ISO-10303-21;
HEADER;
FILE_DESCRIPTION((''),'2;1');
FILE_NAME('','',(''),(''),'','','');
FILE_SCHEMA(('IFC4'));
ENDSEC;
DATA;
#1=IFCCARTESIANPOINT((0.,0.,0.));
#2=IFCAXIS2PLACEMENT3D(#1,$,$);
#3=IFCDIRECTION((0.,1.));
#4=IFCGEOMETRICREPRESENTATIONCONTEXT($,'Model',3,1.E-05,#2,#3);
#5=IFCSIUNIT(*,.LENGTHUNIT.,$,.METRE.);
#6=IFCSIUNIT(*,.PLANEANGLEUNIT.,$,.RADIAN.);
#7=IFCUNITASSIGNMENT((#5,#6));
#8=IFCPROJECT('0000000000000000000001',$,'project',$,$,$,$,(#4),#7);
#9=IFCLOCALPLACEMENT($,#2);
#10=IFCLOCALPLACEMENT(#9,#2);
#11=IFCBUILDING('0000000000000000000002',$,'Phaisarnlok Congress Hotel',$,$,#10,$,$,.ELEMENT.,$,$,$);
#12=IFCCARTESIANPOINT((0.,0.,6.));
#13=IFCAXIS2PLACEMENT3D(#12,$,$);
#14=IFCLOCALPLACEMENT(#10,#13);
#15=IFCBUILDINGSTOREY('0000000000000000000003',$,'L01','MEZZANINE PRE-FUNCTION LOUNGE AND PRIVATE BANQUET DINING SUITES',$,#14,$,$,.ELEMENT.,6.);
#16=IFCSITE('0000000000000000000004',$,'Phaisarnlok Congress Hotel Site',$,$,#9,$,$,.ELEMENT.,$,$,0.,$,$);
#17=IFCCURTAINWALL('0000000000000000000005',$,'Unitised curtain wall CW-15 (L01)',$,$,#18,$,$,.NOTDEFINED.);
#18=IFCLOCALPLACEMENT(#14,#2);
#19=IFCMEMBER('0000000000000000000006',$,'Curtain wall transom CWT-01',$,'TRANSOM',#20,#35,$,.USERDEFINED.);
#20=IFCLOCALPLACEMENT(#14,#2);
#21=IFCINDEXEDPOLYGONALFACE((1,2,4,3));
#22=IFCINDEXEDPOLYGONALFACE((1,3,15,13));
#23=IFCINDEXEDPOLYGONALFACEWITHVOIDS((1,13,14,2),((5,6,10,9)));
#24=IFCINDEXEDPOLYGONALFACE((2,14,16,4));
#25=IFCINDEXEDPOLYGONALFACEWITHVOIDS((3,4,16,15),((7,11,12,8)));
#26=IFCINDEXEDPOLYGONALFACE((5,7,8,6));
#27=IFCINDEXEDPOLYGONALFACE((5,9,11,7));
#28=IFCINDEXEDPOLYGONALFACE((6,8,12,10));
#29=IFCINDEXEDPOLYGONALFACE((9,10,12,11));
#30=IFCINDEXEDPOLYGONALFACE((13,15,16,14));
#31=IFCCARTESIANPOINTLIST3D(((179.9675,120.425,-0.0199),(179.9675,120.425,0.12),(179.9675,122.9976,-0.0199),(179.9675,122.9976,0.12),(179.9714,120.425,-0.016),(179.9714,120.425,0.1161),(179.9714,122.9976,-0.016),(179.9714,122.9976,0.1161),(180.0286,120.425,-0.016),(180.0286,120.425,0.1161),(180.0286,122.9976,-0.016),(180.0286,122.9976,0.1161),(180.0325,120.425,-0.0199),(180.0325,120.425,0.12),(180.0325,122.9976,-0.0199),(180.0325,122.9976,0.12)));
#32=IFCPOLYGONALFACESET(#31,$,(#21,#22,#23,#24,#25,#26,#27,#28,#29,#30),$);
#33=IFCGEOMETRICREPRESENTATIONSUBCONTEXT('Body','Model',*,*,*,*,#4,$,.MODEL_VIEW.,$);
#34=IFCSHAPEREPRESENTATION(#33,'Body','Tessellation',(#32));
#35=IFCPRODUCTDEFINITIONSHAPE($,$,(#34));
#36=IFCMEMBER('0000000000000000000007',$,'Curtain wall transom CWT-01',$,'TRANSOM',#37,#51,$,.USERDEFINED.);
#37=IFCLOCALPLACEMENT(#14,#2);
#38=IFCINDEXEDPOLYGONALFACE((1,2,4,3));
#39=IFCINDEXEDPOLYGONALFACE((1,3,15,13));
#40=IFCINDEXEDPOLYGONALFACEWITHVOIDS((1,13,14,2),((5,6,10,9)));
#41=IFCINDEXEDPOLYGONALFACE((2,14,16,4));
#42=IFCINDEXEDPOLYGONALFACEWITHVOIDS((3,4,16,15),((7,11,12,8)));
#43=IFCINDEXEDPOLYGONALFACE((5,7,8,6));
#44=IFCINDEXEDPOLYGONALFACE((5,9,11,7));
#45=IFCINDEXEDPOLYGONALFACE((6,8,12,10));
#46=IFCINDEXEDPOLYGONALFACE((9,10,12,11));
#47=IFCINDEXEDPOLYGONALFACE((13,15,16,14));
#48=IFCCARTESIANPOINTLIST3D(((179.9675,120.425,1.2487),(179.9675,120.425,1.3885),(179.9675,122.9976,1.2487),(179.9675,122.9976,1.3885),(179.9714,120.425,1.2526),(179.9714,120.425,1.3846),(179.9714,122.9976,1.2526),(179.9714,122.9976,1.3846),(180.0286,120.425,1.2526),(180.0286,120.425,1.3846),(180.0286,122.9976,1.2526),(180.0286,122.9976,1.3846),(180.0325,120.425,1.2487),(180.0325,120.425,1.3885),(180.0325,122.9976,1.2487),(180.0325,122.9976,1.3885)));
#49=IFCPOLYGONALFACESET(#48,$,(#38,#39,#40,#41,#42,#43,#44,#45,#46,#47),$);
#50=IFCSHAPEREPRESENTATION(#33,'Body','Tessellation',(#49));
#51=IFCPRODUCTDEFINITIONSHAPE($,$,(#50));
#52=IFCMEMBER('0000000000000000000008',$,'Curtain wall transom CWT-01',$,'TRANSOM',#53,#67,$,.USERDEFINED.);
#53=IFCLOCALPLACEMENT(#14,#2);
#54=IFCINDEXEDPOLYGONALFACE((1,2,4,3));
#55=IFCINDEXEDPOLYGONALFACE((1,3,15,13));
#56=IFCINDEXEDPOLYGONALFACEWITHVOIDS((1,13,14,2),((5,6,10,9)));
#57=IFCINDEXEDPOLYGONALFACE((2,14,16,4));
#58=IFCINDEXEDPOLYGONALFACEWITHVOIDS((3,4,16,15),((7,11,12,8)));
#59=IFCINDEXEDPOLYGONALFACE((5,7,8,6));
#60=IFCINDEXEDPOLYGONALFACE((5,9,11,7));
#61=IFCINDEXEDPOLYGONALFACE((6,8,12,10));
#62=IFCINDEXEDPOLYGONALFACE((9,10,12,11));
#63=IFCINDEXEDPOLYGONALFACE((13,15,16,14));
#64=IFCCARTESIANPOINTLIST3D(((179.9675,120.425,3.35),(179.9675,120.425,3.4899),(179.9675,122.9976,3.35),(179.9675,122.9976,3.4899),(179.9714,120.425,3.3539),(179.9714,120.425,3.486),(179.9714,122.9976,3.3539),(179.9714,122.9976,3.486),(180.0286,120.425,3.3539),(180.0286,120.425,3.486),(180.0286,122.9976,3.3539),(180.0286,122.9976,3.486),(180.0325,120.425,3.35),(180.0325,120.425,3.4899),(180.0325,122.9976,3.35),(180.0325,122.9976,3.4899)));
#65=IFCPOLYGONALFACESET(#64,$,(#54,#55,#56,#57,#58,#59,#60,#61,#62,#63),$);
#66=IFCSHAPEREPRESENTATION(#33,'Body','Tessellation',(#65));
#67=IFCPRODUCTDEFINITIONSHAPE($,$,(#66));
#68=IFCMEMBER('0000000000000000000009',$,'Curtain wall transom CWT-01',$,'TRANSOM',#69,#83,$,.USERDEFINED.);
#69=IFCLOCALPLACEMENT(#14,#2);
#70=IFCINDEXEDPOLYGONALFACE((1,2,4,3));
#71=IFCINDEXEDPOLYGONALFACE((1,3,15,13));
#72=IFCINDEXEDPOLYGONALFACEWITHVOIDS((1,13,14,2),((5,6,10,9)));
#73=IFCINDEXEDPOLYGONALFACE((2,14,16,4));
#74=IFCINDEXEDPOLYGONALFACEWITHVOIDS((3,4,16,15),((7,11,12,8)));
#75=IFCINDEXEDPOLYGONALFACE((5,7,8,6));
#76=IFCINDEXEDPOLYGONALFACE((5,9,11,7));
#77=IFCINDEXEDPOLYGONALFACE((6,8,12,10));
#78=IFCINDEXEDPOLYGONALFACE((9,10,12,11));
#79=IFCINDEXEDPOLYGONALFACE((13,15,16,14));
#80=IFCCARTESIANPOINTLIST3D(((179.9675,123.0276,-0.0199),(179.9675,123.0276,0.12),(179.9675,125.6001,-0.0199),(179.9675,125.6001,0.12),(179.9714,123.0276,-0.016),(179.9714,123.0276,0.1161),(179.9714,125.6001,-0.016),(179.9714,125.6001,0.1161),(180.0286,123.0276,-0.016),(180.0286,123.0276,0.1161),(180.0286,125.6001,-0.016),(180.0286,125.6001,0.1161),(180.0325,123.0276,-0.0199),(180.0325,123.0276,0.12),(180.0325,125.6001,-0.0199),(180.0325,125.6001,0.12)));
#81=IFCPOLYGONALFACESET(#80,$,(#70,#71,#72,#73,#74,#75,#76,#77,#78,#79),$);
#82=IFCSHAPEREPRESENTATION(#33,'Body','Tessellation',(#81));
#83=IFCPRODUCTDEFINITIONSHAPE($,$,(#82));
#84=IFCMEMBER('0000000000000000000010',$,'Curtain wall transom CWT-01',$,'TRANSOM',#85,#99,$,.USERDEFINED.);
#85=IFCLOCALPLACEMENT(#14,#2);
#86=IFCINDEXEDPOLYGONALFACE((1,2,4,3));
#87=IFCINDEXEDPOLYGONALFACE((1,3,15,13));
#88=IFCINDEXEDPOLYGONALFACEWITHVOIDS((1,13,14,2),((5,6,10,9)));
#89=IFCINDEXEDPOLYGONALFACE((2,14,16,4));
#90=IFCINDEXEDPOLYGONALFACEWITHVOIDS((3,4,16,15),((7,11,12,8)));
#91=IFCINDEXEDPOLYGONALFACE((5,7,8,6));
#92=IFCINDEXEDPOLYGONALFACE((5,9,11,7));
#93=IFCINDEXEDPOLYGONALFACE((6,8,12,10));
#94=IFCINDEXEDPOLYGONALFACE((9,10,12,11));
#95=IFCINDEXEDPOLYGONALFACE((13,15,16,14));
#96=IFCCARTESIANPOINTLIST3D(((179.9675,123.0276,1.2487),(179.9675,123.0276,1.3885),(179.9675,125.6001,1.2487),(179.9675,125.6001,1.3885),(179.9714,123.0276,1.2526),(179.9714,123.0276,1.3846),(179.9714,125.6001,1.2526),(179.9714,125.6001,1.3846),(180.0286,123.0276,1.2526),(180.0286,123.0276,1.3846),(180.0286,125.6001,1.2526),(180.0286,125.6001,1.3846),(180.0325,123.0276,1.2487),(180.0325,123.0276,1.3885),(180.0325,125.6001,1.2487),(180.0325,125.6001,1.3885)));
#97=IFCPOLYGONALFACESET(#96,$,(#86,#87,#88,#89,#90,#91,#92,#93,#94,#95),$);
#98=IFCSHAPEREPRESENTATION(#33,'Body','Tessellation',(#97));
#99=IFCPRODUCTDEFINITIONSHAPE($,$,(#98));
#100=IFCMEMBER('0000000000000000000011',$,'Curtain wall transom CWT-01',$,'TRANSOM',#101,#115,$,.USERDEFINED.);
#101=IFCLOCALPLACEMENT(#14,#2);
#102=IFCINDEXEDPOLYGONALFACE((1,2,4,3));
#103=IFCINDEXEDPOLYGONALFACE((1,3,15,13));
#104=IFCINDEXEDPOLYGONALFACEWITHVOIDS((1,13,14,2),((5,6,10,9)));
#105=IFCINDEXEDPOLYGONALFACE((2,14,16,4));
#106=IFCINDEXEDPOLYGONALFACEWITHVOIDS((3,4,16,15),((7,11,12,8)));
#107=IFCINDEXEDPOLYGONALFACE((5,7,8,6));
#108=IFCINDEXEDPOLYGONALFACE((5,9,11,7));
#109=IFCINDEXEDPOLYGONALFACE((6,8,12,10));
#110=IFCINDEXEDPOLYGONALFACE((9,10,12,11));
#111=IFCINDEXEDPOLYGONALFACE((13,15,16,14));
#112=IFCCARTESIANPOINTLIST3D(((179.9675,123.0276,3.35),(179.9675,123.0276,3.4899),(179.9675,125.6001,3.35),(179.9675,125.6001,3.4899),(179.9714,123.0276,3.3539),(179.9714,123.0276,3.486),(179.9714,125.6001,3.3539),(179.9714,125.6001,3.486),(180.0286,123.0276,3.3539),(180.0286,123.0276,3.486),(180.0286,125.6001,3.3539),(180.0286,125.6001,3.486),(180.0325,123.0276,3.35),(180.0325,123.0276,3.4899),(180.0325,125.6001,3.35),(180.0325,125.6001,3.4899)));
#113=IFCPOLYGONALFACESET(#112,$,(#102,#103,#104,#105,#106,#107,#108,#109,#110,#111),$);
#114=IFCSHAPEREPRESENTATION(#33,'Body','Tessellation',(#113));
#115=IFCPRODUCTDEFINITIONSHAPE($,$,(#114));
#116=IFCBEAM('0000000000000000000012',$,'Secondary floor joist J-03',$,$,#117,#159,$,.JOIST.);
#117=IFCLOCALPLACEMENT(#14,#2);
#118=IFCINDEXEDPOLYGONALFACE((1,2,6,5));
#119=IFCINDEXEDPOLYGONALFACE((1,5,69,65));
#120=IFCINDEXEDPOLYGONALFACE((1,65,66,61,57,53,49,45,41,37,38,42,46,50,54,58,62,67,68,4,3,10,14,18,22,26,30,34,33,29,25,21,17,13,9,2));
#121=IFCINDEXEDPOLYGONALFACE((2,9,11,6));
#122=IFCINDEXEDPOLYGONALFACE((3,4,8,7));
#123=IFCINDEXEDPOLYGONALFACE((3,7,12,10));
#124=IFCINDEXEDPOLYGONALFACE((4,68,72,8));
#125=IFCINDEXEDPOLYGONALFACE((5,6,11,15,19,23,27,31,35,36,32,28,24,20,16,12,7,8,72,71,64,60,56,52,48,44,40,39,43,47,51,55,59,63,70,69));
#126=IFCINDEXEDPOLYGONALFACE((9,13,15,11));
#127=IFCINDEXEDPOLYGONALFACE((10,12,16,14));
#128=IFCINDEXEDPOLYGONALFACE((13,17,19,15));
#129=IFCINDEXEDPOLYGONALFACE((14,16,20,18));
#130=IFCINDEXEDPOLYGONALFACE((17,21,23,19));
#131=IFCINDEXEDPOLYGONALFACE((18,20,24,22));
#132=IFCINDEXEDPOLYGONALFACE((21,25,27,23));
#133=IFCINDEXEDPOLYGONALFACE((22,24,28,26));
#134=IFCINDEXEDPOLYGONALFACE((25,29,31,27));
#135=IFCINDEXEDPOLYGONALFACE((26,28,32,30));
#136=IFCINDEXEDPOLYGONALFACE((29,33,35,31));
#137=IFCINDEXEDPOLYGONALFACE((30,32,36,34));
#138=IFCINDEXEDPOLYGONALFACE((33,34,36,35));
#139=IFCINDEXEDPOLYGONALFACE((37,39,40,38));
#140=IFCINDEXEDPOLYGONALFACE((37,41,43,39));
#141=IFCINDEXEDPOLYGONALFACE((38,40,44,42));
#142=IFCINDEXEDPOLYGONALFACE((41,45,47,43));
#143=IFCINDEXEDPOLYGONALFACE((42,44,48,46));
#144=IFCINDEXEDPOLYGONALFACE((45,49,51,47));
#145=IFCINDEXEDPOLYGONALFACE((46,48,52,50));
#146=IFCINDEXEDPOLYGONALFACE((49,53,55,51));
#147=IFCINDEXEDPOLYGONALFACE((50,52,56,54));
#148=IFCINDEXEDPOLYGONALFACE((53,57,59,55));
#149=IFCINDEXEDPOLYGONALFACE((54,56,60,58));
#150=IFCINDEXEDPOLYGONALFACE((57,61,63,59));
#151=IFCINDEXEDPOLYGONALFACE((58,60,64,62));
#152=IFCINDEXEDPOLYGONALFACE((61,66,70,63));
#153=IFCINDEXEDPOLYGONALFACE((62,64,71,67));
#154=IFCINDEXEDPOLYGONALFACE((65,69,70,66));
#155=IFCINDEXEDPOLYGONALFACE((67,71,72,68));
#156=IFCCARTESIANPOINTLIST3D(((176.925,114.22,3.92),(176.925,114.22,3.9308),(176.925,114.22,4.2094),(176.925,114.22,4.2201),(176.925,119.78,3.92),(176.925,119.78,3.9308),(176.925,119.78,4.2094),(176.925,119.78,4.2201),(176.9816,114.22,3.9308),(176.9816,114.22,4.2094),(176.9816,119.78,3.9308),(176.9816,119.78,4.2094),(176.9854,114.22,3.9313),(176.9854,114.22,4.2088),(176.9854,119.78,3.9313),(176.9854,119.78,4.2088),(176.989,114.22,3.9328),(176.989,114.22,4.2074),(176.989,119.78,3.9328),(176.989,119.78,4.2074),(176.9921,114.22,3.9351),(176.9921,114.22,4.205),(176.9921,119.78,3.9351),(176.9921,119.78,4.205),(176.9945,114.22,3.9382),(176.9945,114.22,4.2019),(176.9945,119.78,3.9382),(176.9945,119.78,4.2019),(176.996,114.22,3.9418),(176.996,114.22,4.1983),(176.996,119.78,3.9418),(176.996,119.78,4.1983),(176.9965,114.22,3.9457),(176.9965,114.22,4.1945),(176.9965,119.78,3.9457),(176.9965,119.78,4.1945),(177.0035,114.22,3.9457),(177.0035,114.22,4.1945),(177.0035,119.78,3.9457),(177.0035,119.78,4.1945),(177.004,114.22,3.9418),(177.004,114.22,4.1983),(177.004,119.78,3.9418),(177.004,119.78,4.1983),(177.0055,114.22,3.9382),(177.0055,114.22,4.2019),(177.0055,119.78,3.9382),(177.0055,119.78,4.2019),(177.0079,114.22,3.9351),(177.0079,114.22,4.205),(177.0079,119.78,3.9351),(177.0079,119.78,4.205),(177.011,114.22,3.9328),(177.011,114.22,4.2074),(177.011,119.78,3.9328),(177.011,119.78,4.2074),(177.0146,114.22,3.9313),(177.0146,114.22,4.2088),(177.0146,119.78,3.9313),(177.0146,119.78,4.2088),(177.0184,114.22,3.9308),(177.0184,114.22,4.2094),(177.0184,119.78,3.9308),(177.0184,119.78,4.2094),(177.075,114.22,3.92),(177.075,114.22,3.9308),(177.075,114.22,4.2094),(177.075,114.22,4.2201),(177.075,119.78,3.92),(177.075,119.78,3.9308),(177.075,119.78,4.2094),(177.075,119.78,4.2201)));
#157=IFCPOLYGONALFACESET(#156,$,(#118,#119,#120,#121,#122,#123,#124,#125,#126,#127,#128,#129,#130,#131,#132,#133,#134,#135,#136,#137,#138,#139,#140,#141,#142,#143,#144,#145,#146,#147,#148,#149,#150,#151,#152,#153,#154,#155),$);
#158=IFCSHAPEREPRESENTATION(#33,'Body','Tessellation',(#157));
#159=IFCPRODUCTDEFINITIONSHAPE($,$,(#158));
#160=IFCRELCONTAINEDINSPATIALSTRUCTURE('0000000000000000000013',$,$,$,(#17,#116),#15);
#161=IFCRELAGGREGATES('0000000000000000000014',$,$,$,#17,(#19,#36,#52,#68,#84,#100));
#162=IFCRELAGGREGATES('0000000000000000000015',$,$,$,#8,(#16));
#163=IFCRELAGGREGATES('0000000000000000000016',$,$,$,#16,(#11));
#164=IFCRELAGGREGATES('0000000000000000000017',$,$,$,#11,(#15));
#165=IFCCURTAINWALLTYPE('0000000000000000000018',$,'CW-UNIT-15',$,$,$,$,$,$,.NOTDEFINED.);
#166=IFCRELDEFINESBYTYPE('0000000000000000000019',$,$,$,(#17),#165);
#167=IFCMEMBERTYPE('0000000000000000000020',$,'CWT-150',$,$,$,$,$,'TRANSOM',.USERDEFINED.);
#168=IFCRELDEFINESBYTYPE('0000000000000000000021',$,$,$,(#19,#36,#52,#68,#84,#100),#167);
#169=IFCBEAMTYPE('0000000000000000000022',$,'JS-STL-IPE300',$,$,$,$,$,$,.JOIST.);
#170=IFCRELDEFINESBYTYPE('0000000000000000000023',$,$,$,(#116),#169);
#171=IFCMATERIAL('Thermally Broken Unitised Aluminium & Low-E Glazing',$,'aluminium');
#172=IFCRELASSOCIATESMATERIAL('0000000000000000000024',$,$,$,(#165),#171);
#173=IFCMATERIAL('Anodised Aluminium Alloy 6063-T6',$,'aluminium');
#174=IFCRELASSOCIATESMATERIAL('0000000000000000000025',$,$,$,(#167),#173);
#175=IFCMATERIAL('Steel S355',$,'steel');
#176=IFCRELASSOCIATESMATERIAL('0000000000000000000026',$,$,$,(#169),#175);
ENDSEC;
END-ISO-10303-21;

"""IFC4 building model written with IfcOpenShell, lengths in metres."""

from ifc_helpers import new_model, si_unit, direction, frame, origin, origin_2d, place, context, subcontext, project, spatial, hollow_rectangle, i_section, extrude, material, material_profile, profile_set, type_object, element, aggregate, save


model = new_model("IFC4")

# Units and contexts
model_context = context("Model", 3, precision=1e-05, world=origin(), true_north=direction((0.0, 1.0)))
body_context = subcontext(model_context, "Body", "Model", "MODEL_VIEW")
ifc_project = project(units=[si_unit("LENGTHUNIT", "METRE"), si_unit("PLANEANGLEUNIT", "RADIAN")], contexts=[model_context])

# Site, building, storey
site_placement = place(None, origin())
site = spatial("IfcSite", under=ifc_project, at=site_placement, Name="Phaisarnlok Congress Hotel Site", CompositionType="ELEMENT", RefElevation=0.0)
building_placement = place(site_placement, origin())
building = spatial("IfcBuilding", under=site, at=building_placement, Name="Phaisarnlok Congress Hotel", CompositionType="ELEMENT")
storey_placement = place(building_placement, frame((0.0, 0.0, 6.0)))
storey = spatial("IfcBuildingStorey", under=building, at=storey_placement, Name="L01", Description="MEZZANINE PRE-FUNCTION LOUNGE AND PRIVATE BANQUET DINING SUITES", CompositionType="ELEMENT", Elevation=6.0)

# Shared definitions
ifc_material_1 = material(Name="Steel S355", Category="steel")

# Curtain wall, members
ifc_material_2 = material(Name="Thermally Broken Unitised Aluminium & Low-E Glazing", Category="aluminium")
curtain_wall_type = type_object("IfcCurtainWallType", Name="CW-UNIT-15", PredefinedType="NOTDEFINED", material=ifc_material_2)
curtain_wall_placement = place(storey_placement, origin())
curtain_wall = element("IfcCurtainWall", 1, at=curtain_wall_placement, inside=storey, type_object=curtain_wall_type, Name="Unitised curtain wall CW-15 (L01)", PredefinedType="NOTDEFINED")
ifc_material_3 = material(Name="Anodised Aluminium Alloy 6063-T6", Category="aluminium")
ifc_material_profile_1 = material_profile(ifc_material_3, hollow_rectangle(XDim=0.0649, YDim=0.1399, WallThickness=0.0039, at=origin_2d()), Name="ALU-T 65x140x4")
ifc_profile_set_1 = profile_set([ifc_material_profile_1], Name="Anodised Aluminium Alloy 6063-T6")
member_type_1 = type_object("IfcMemberType", Name="CWT-150", ElementType="TRANSOM", PredefinedType="USERDEFINED", material=ifc_profile_set_1)
member_1_placement = place(storey_placement, frame((180.0, 120.425, 0.05), z_axis=(0.0, 1.0, 0.0), x_axis=(-1.0, 0.0, 0.0)))
member_1 = element("IfcMember", 2, at=member_1_placement, type_object=member_type_1, Name="Curtain wall transom CWT-01", ObjectType="TRANSOM", PredefinedType="USERDEFINED", context=body_context, shape_type="SweptSolid", body=[
    extrude(hollow_rectangle(XDim=0.0649, YDim=0.1399, WallThickness=0.0039, at=origin_2d()), origin(), (0.0, 0.0, 1.0), 2.5725),
])
member_2_placement = place(storey_placement, frame((180.0, 120.425, 1.3186), z_axis=(0.0, 1.0, 0.0), x_axis=(-1.0, 0.0, 0.0)))
member_2 = element("IfcMember", 3, at=member_2_placement, type_object=member_type_1, Name="Curtain wall transom CWT-01", ObjectType="TRANSOM", PredefinedType="USERDEFINED", context=body_context, shape_type="SweptSolid", body=[
    extrude(hollow_rectangle(XDim=0.0649, YDim=0.1399, WallThickness=0.0039, at=origin_2d()), origin(), (0.0, 0.0, 1.0), 2.5725),
])
member_3_placement = place(storey_placement, frame((180.0, 120.425, 3.4199), z_axis=(0.0, 1.0, 0.0), x_axis=(-1.0, 0.0, 0.0)))
member_3 = element("IfcMember", 4, at=member_3_placement, type_object=member_type_1, Name="Curtain wall transom CWT-01", ObjectType="TRANSOM", PredefinedType="USERDEFINED", context=body_context, shape_type="SweptSolid", body=[
    extrude(hollow_rectangle(XDim=0.0649, YDim=0.1399, WallThickness=0.0039, at=origin_2d()), origin(), (0.0, 0.0, 1.0), 2.5725),
])
member_4_placement = place(storey_placement, frame((180.0, 123.0276, 0.05), z_axis=(0.0, 1.0, 0.0), x_axis=(-1.0, 0.0, 0.0)))
member_4 = element("IfcMember", 5, at=member_4_placement, type_object=member_type_1, Name="Curtain wall transom CWT-01", ObjectType="TRANSOM", PredefinedType="USERDEFINED", context=body_context, shape_type="SweptSolid", body=[
    extrude(hollow_rectangle(XDim=0.0649, YDim=0.1399, WallThickness=0.0039, at=origin_2d()), origin(), (0.0, 0.0, 1.0), 2.5725),
])
member_5_placement = place(storey_placement, frame((180.0, 123.0276, 1.3186), z_axis=(0.0, 1.0, 0.0), x_axis=(-1.0, 0.0, 0.0)))
member_5 = element("IfcMember", 6, at=member_5_placement, type_object=member_type_1, Name="Curtain wall transom CWT-01", ObjectType="TRANSOM", PredefinedType="USERDEFINED", context=body_context, shape_type="SweptSolid", body=[
    extrude(hollow_rectangle(XDim=0.0649, YDim=0.1399, WallThickness=0.0039, at=origin_2d()), origin(), (0.0, 0.0, 1.0), 2.5725),
])
member_6_placement = place(storey_placement, frame((180.0, 123.0276, 3.4199), z_axis=(0.0, 1.0, 0.0), x_axis=(-1.0, 0.0, 0.0)))
member_6 = element("IfcMember", 7, at=member_6_placement, type_object=member_type_1, Name="Curtain wall transom CWT-01", ObjectType="TRANSOM", PredefinedType="USERDEFINED", context=body_context, shape_type="SweptSolid", body=[
    extrude(hollow_rectangle(XDim=0.0649, YDim=0.1399, WallThickness=0.0039, at=origin_2d()), origin(), (0.0, 0.0, 1.0), 2.5725),
])

# Beam
ifc_material_profile_2 = material_profile(ifc_material_1, i_section(OverallWidth=0.1499, OverallDepth=0.3, WebThickness=0.0071, FlangeThickness=0.0107, FilletRadius=0.0149, at=origin_2d()), Name="IPE 300")
ifc_profile_set_2 = profile_set([ifc_material_profile_2], Name="Steel S355")
beam_type_1 = type_object("IfcBeamType", Name="JS-STL-IPE300", PredefinedType="JOIST", material=ifc_profile_set_2)
beam_1_placement = place(storey_placement, frame((177.0, 114.22, 4.0701), z_axis=(0.0, 1.0, 0.0), x_axis=(-1.0, 0.0, 0.0)))
element("IfcBeam", 8, at=beam_1_placement, inside=storey, type_object=beam_type_1, Name="Secondary floor joist J-03", PredefinedType="JOIST", context=body_context, shape_type="SweptSolid", body=[
    extrude(i_section(OverallWidth=0.1499, OverallDepth=0.3, WebThickness=0.0071, FlangeThickness=0.0107, FilletRadius=0.0149, at=origin_2d()), origin(), (0.0, 0.0, 1.0), 5.5601),
])

aggregate(curtain_wall, [member_1, member_2, member_3, member_4, member_5, member_6])

save(model, "model.ifc")
